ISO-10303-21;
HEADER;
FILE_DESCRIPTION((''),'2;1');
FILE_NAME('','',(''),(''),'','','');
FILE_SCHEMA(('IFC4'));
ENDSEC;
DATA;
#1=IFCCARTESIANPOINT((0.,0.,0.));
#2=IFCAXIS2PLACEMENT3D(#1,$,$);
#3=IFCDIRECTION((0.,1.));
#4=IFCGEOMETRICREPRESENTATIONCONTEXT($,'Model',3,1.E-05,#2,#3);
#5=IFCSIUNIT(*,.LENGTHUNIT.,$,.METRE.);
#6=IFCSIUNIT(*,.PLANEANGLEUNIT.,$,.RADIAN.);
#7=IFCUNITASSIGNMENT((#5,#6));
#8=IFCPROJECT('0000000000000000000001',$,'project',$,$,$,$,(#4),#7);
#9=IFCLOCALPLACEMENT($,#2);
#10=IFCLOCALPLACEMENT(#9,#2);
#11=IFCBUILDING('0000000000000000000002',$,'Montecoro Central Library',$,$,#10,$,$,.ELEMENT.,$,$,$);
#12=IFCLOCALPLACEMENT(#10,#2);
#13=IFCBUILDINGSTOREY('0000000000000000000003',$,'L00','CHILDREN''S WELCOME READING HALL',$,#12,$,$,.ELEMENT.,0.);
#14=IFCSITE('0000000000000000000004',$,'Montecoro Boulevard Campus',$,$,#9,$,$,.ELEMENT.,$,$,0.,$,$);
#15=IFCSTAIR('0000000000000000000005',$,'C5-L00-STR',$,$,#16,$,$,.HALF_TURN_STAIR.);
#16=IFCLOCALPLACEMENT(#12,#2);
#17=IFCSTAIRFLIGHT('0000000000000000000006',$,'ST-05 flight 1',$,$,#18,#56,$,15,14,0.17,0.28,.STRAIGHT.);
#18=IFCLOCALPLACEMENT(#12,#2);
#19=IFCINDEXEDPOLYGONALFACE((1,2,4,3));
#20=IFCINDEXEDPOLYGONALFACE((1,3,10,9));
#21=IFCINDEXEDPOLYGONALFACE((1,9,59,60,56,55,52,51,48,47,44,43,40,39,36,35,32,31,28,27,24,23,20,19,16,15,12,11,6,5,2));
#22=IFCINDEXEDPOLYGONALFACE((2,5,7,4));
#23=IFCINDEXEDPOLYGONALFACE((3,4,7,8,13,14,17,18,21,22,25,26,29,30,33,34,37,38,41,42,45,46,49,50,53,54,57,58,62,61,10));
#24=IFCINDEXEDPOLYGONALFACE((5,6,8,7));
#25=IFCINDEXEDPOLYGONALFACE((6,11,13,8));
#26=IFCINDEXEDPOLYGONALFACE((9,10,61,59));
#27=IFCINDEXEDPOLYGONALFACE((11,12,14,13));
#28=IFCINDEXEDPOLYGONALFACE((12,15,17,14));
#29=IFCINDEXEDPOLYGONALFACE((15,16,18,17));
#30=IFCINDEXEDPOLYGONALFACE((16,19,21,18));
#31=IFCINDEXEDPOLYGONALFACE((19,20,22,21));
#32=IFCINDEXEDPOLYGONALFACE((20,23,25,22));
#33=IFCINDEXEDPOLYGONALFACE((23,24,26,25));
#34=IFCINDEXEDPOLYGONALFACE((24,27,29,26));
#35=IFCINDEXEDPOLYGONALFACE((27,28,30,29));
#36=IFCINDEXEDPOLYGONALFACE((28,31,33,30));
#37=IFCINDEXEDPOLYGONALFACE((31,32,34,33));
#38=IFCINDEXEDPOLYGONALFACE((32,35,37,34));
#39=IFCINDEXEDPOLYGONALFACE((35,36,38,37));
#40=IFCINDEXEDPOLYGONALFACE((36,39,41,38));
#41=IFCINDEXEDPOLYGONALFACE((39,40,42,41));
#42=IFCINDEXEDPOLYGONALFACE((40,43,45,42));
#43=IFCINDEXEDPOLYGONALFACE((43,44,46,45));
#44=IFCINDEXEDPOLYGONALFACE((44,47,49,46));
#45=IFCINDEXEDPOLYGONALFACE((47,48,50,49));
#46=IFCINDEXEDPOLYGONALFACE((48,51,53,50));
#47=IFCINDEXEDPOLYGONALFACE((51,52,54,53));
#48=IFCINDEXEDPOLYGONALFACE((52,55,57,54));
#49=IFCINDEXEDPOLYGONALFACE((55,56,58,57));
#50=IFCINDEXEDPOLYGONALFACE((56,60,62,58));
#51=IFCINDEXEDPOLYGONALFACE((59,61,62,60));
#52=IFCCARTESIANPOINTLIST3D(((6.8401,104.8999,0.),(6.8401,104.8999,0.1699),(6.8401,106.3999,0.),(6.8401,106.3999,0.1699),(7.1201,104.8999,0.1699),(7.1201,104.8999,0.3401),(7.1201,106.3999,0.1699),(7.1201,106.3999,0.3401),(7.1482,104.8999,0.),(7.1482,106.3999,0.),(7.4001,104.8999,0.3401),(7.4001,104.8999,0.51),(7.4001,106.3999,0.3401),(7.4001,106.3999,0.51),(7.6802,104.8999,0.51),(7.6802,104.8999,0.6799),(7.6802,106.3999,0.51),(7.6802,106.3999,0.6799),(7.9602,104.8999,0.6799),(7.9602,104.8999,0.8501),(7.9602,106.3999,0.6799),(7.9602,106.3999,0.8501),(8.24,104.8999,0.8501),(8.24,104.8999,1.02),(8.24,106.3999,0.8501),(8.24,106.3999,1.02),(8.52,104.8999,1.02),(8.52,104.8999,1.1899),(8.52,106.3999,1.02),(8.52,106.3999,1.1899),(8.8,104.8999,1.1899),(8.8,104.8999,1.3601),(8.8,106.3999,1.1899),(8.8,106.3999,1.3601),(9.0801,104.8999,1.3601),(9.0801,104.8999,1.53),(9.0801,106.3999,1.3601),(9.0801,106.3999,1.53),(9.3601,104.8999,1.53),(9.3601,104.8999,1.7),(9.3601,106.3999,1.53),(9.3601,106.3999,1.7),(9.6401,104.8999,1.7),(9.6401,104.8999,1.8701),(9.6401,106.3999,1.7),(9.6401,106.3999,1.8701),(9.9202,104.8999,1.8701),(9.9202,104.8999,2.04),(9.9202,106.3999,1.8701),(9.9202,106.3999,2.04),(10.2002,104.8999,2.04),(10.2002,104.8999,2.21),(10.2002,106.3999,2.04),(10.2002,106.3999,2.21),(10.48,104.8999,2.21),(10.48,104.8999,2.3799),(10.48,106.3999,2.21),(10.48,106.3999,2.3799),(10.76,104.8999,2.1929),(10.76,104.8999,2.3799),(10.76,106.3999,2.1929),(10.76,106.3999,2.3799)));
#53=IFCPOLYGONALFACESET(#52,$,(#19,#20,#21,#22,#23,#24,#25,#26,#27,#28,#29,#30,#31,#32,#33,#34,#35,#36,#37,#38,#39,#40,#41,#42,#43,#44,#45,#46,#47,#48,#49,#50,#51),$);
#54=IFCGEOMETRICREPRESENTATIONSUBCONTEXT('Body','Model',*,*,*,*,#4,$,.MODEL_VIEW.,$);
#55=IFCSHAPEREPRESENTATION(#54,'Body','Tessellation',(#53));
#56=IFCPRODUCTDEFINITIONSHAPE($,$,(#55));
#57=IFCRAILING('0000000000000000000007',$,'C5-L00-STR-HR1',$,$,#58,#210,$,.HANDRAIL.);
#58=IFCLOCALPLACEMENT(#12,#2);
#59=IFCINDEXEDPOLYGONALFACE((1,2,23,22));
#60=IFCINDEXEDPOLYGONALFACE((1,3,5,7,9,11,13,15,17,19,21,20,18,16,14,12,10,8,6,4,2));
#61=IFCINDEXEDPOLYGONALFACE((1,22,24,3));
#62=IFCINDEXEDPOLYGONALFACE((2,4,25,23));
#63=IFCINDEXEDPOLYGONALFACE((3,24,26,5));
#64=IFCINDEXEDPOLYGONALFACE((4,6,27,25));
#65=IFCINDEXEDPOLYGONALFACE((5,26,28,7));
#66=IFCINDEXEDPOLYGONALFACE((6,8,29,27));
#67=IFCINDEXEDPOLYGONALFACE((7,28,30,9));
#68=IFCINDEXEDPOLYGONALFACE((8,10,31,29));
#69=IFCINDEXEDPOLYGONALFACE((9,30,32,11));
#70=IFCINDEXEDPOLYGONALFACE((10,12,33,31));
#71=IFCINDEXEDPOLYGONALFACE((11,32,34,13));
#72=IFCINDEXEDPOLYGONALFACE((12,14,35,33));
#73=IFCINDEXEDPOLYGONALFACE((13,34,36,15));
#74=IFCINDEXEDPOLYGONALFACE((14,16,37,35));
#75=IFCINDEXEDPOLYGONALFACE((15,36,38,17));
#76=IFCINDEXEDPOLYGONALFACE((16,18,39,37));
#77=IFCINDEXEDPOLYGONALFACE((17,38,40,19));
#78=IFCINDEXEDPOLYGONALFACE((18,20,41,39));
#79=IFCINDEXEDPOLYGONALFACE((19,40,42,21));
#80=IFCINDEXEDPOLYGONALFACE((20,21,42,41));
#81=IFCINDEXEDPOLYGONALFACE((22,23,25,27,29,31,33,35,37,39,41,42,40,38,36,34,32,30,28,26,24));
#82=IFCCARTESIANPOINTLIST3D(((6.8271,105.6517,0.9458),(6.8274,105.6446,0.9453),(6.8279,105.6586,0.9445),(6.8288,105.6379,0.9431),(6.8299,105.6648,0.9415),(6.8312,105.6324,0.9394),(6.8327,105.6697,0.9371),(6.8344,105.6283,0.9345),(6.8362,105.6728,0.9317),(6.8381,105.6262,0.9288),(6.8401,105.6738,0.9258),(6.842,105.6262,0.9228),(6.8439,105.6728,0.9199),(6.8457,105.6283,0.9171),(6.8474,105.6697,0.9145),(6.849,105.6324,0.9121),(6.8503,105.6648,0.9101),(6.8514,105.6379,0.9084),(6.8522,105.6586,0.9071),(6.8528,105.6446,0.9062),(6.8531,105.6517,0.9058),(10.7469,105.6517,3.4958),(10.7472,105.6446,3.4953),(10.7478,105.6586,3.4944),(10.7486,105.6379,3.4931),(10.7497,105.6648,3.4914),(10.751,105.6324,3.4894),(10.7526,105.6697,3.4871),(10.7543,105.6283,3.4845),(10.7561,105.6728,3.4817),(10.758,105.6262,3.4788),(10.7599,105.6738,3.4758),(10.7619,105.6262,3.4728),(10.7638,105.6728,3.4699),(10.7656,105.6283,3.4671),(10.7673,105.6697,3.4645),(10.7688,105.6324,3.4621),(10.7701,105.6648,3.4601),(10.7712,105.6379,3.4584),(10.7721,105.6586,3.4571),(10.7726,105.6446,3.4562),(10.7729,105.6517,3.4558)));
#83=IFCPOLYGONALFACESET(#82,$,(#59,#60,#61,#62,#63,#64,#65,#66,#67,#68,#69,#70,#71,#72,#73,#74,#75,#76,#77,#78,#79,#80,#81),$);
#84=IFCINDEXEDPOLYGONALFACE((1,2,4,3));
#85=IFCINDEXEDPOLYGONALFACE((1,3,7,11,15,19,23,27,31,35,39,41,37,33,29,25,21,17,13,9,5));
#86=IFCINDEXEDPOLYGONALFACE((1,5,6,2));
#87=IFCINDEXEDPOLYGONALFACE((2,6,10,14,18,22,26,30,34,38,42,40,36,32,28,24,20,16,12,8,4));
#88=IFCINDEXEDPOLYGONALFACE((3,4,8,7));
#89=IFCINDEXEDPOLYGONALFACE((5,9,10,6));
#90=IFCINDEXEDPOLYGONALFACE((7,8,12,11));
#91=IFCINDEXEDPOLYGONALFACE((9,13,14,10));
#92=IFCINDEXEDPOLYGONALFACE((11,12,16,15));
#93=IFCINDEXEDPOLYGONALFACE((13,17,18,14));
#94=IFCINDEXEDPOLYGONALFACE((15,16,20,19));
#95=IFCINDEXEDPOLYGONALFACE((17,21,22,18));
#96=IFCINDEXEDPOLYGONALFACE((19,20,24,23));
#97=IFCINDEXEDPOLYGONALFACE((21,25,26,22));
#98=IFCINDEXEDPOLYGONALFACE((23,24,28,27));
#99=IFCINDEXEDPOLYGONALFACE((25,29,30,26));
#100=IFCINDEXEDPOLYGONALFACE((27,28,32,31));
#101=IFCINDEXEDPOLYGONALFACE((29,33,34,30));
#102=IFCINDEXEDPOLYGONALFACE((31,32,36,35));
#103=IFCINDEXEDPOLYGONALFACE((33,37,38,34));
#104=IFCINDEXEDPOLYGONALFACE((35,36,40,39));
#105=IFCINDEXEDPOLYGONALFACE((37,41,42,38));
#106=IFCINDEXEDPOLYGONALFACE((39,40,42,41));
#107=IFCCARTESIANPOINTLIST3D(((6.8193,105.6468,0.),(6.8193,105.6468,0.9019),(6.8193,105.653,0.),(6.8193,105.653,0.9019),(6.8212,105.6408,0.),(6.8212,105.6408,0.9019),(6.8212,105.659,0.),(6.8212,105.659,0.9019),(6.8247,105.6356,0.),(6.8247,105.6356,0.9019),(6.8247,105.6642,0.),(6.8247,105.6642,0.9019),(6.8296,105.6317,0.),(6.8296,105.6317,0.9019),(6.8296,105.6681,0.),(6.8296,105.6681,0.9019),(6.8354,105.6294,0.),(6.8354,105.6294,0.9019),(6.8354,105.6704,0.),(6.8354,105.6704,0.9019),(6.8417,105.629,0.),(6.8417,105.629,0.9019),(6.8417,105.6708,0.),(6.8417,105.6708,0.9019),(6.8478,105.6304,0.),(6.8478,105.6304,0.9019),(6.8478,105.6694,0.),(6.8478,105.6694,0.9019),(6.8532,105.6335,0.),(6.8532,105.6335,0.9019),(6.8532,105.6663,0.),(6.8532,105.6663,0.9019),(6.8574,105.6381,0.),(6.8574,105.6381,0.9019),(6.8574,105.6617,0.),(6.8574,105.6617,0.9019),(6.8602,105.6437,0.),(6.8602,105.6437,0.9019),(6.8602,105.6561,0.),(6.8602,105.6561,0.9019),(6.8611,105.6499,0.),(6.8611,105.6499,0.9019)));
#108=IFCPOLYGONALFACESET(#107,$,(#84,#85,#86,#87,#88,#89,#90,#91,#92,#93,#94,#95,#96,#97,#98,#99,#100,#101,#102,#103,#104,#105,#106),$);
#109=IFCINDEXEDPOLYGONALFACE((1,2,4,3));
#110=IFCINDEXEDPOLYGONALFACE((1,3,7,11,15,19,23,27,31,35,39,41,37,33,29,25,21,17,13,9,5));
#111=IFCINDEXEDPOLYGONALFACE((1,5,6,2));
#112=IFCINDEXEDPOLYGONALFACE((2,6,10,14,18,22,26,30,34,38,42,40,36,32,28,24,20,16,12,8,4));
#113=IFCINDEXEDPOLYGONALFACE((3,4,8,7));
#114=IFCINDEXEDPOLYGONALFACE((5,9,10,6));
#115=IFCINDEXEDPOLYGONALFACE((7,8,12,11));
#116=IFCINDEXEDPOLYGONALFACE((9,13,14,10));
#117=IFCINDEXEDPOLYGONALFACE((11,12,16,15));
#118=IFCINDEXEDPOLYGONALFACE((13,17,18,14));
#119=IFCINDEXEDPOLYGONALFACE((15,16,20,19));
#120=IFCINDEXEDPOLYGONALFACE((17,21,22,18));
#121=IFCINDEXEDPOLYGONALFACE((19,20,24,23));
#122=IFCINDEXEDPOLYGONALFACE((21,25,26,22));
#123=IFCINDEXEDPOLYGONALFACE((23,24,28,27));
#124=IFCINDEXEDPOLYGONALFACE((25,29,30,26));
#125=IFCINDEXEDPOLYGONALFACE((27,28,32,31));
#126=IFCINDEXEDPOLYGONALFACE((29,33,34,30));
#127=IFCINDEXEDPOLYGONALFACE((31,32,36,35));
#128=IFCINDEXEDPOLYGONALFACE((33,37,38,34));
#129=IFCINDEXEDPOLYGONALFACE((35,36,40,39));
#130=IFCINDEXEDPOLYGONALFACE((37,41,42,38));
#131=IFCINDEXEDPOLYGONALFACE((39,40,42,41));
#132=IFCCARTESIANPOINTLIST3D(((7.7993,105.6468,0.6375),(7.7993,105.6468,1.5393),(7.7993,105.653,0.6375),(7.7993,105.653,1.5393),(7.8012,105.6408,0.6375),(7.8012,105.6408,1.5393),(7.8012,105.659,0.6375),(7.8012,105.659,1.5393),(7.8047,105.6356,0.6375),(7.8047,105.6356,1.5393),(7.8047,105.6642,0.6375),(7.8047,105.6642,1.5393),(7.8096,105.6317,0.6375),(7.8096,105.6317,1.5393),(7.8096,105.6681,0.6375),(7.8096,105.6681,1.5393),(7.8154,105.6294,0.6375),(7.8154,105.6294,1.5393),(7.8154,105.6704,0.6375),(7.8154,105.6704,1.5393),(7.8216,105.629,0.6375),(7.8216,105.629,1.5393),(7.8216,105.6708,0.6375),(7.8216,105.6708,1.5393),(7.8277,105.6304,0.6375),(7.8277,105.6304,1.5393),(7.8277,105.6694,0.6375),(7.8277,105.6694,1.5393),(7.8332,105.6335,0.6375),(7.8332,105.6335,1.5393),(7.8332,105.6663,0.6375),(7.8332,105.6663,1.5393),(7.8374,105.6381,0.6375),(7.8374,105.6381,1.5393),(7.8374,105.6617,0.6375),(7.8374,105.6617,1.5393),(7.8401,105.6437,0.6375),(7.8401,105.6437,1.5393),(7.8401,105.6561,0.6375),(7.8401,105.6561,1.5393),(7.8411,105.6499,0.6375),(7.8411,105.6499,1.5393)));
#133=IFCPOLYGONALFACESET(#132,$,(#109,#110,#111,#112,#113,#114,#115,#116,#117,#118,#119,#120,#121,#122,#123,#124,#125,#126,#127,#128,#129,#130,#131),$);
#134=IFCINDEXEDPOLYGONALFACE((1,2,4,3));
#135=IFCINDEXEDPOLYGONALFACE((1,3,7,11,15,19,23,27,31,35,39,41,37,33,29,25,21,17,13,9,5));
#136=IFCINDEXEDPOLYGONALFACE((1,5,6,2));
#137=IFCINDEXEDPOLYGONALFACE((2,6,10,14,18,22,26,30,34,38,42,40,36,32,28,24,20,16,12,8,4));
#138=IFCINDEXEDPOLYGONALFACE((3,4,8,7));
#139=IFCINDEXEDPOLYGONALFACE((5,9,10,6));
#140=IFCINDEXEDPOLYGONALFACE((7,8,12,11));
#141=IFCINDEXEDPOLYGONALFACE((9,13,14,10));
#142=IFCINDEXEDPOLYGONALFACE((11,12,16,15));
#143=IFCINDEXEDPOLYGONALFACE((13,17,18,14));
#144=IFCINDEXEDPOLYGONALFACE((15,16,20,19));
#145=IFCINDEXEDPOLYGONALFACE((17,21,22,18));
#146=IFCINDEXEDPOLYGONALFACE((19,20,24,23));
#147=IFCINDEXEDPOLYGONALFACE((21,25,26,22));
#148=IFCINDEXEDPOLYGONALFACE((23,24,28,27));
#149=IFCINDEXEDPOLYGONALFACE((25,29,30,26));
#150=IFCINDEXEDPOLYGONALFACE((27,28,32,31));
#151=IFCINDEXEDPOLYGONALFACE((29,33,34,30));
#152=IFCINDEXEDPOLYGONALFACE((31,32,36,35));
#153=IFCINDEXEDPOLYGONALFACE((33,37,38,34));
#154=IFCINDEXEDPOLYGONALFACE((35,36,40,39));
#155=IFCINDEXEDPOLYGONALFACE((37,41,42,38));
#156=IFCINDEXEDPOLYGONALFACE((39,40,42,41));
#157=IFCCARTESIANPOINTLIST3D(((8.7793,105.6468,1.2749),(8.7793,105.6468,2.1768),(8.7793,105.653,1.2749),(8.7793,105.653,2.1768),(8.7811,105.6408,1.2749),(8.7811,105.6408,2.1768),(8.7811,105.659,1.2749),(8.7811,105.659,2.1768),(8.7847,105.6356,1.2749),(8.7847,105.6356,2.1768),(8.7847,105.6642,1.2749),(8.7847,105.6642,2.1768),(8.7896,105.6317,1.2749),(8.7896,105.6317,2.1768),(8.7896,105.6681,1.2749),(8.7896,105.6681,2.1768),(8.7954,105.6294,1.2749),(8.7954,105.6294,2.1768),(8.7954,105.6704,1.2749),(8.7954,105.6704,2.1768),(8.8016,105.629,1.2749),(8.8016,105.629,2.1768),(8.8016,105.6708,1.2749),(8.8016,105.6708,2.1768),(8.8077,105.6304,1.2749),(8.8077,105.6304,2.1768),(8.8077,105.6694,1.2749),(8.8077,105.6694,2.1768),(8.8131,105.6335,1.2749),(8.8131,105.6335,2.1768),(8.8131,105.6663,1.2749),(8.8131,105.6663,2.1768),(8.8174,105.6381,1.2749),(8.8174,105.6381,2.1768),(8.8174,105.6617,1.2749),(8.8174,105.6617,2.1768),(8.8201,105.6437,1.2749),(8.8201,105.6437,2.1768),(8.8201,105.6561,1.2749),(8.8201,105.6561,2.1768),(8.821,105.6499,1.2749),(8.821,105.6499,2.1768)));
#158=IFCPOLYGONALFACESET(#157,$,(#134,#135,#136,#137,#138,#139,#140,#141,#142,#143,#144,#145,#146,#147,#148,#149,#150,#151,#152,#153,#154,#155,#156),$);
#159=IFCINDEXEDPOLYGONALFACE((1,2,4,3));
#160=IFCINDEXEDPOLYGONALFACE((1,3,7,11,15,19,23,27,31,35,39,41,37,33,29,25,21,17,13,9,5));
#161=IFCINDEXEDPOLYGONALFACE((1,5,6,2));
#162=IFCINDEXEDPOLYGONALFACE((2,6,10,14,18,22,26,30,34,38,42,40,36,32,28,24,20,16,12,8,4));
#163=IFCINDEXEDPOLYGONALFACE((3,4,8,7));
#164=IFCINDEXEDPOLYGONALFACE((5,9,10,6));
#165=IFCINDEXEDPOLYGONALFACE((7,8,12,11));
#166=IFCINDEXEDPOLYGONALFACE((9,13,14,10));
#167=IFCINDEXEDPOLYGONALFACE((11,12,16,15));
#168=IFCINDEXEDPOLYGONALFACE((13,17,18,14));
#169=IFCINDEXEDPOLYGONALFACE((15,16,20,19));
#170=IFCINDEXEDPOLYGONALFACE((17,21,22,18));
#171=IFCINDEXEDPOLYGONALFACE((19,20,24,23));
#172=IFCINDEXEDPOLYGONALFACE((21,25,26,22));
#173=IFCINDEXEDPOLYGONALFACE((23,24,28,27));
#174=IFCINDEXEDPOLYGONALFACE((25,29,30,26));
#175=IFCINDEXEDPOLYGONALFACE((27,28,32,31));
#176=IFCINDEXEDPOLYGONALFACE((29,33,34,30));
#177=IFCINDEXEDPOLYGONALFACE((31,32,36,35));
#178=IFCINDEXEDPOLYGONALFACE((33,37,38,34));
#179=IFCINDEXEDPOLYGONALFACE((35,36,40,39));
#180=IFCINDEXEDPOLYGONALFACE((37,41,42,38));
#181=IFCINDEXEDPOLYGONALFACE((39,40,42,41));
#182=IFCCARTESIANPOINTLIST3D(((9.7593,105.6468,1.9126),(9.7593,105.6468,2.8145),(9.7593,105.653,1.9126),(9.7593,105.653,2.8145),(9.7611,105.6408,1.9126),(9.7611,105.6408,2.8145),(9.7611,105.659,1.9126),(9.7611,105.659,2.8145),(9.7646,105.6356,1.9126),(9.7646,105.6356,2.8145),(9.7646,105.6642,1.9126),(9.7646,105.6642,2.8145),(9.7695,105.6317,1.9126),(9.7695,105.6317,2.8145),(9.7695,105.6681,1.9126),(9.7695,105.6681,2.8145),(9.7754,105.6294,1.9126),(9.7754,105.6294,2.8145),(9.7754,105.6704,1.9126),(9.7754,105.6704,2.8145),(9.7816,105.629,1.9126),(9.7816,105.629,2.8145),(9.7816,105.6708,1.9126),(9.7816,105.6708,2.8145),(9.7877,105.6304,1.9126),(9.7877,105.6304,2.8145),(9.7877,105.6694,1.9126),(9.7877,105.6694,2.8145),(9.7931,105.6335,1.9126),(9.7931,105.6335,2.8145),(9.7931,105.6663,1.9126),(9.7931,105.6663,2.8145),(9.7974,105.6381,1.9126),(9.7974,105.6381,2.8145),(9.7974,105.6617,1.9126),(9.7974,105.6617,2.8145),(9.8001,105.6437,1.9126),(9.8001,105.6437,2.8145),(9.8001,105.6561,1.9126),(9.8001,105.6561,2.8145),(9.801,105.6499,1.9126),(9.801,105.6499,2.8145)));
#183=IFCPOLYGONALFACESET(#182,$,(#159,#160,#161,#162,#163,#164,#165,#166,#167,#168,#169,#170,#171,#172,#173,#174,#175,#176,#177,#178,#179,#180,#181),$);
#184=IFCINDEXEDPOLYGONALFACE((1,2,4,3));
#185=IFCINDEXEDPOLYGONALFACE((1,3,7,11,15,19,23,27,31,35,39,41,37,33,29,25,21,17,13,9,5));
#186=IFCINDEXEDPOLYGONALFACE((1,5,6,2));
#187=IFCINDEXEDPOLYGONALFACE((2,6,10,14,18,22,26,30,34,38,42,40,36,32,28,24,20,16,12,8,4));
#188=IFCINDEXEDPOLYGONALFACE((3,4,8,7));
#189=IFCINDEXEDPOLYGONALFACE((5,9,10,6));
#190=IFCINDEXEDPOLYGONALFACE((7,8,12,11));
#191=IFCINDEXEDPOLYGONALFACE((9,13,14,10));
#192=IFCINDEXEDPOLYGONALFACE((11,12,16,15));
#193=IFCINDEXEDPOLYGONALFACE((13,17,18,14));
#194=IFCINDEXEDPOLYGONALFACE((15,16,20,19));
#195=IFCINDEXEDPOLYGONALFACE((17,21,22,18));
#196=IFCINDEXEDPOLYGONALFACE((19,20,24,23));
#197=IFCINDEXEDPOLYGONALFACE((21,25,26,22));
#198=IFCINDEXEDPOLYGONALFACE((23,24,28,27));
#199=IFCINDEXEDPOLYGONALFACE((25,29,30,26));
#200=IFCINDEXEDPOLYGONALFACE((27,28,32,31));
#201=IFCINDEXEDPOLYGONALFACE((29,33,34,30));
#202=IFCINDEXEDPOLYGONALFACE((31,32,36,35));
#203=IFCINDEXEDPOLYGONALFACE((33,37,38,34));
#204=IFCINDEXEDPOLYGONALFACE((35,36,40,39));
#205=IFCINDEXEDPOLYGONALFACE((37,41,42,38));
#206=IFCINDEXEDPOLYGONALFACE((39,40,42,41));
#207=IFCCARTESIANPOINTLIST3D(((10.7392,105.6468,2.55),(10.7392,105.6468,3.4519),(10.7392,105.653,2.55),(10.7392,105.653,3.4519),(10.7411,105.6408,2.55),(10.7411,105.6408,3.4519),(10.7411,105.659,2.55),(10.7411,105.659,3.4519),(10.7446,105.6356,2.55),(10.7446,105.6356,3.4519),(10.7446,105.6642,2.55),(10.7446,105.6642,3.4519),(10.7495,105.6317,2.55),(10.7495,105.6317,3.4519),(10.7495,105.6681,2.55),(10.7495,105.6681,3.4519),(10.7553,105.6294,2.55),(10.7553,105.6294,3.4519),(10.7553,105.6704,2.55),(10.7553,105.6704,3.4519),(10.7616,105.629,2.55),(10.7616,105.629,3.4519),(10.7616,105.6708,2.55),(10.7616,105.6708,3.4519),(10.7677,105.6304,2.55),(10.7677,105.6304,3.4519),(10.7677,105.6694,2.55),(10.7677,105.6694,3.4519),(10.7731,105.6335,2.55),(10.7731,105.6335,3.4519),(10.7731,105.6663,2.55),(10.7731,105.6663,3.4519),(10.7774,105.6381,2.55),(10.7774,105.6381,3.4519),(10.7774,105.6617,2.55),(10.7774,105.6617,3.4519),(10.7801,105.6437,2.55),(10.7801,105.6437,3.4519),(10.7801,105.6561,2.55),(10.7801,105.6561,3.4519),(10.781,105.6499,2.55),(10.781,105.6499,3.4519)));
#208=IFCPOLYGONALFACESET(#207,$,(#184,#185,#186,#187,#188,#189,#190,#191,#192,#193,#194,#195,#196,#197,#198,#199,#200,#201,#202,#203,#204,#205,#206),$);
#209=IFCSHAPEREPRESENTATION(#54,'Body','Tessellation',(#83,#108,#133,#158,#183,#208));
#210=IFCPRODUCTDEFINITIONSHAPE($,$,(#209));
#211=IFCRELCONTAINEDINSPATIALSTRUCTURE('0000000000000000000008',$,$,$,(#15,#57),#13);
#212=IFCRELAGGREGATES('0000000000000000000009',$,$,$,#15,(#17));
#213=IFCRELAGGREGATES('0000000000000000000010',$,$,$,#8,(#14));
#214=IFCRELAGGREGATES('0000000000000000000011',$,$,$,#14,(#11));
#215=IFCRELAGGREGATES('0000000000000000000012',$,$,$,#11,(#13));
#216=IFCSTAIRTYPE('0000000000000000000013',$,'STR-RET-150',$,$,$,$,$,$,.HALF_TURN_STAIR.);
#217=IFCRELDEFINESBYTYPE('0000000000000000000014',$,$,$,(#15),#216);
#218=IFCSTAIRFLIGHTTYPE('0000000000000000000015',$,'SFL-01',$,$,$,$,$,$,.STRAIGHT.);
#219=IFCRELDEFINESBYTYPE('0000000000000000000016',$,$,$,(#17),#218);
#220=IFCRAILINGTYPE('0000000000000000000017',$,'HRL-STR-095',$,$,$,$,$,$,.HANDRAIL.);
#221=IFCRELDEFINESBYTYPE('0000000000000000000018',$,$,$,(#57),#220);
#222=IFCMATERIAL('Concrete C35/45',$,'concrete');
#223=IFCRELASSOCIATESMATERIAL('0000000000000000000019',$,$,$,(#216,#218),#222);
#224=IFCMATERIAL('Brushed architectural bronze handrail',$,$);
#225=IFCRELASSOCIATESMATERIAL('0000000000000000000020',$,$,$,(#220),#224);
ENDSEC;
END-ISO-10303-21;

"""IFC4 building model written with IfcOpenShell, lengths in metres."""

from ifc_helpers import new_model, si_unit, direction, frame, origin, origin_2d, place, context, subcontext, project, spatial, polyline, circle, outline, extrude, material, type_object, element, aggregate, save


model = new_model("IFC4")

# Units and contexts
model_context = context("Model", 3, precision=1e-05, world=origin(), true_north=direction((0.0, 1.0)))
body_context = subcontext(model_context, "Body", "Model", "MODEL_VIEW")
ifc_project = project(units=[si_unit("LENGTHUNIT", "METRE"), si_unit("PLANEANGLEUNIT", "RADIAN")], contexts=[model_context])

# Site, building, storey
site_placement = place(None, origin())
site = spatial("IfcSite", under=ifc_project, at=site_placement, Name="Montecoro Boulevard Campus", CompositionType="ELEMENT", RefElevation=0.0)
building_placement = place(site_placement, origin())
building = spatial("IfcBuilding", under=site, at=building_placement, Name="Montecoro Central Library", CompositionType="ELEMENT")
storey_placement = place(building_placement, origin())
storey = spatial("IfcBuildingStorey", under=building, at=storey_placement, Name="L00", Description="CHILDREN'S WELCOME READING HALL", CompositionType="ELEMENT", Elevation=0.0)

# Shared definitions
ifc_material_1 = material(Name="Concrete C35/45", Category="concrete")

# Stair, stair flight
stair_type = type_object("IfcStairType", Name="STR-RET-150", PredefinedType="HALF_TURN_STAIR", material=ifc_material_1)
stair_placement = place(storey_placement, origin())
stair = element("IfcStair", 1, at=stair_placement, inside=storey, type_object=stair_type, Name="C5-L00-STR", PredefinedType="HALF_TURN_STAIR")
stair_flight_type = type_object("IfcStairFlightType", Name="SFL-01", PredefinedType="STRAIGHT", material=ifc_material_1)
stair_flight_placement = place(storey_placement, frame((6.8401, 105.6499, 0.0), z_axis=(0.0, 0.0, 1.0), x_axis=(1.0, 0.0, 0.0)))
stair_flight = element("IfcStairFlight", 2, at=stair_flight_placement, type_object=stair_flight_type, Name="ST-05 flight 1", NumberOfRisers=15, NumberOfTreads=14, PredefinedType="STRAIGHT", RiserHeight=0.17, TreadLength=0.28, context=body_context, shape_type="SweptSolid", body=[
    extrude(outline(polyline([(0.0, 0.0), (0.0, 0.1699), (0.28, 0.1699), (0.28, 0.3401), (0.5601, 0.3401), (0.5601, 0.51), (0.8401, 0.51), (0.8401, 0.6799), (1.1201, 0.6799), (1.1201, 0.8501), (1.3999, 0.8501), (1.3999, 1.02), (1.6799, 1.02), (1.6799, 1.1899), (1.96, 1.1899), (1.96, 1.3601), (2.24, 1.3601), (2.24, 1.53), (2.52, 1.53), (2.52, 1.7), (2.8, 1.7), (2.8, 1.8701), (3.0801, 1.8701), (3.0801, 2.04), (3.3601, 2.04), (3.3601, 2.21), (3.6399, 2.21), (3.6399, 2.3799), (3.9199, 2.3799), (3.9199, 2.55), (3.9199, 2.1929), (0.3081, 0.0), (0.0, 0.0)])), frame((0.0, 0.75, 0.0), z_axis=(0.0, -1.0, 0.0), x_axis=(1.0, 0.0, 0.0)), (0.0, 0.0, 1.0), 1.5),
])
aggregate(stair, [stair_flight])

# Railing
ifc_material_2 = material(Name="Brushed architectural bronze handrail")
railing_type = type_object("IfcRailingType", Name="HRL-STR-095", PredefinedType="HANDRAIL", material=ifc_material_2)
railing_placement = place(storey_placement, frame((6.8401, 105.6499, 0.0)))
element("IfcRailing", 3, at=railing_placement, inside=storey, type_object=railing_type, Name="C5-L00-STR-HR1", PredefinedType="HANDRAIL", context=body_context, shape_type="SweptSolid", body=[
    extrude(circle(Radius=0.0239, at=origin_2d()), frame((0.0, 0.0, 0.9258), z_axis=(0.838238, 0.0, 0.545304), x_axis=(0.0, 1.0, 0.0)), (0.0, 0.0, 1.0), 4.6763),
    extrude(circle(Radius=0.021, at=origin_2d()), origin(), (0.0, 0.0, 1.0), 0.9019),
    extrude(circle(Radius=0.021, at=origin_2d()), frame((0.98, 0.0, 0.6375)), (0.0, 0.0, 1.0), 0.9019),
    extrude(circle(Radius=0.021, at=origin_2d()), frame((1.96, 0.0, 1.2749)), (0.0, 0.0, 1.0), 0.9019),
    extrude(circle(Radius=0.021, at=origin_2d()), frame((2.9399, 0.0, 1.9126)), (0.0, 0.0, 1.0), 0.9019),
    extrude(circle(Radius=0.021, at=origin_2d()), frame((3.9199, 0.0, 2.55)), (0.0, 0.0, 1.0), 0.9019),
])

save(model, "model.ifc")
